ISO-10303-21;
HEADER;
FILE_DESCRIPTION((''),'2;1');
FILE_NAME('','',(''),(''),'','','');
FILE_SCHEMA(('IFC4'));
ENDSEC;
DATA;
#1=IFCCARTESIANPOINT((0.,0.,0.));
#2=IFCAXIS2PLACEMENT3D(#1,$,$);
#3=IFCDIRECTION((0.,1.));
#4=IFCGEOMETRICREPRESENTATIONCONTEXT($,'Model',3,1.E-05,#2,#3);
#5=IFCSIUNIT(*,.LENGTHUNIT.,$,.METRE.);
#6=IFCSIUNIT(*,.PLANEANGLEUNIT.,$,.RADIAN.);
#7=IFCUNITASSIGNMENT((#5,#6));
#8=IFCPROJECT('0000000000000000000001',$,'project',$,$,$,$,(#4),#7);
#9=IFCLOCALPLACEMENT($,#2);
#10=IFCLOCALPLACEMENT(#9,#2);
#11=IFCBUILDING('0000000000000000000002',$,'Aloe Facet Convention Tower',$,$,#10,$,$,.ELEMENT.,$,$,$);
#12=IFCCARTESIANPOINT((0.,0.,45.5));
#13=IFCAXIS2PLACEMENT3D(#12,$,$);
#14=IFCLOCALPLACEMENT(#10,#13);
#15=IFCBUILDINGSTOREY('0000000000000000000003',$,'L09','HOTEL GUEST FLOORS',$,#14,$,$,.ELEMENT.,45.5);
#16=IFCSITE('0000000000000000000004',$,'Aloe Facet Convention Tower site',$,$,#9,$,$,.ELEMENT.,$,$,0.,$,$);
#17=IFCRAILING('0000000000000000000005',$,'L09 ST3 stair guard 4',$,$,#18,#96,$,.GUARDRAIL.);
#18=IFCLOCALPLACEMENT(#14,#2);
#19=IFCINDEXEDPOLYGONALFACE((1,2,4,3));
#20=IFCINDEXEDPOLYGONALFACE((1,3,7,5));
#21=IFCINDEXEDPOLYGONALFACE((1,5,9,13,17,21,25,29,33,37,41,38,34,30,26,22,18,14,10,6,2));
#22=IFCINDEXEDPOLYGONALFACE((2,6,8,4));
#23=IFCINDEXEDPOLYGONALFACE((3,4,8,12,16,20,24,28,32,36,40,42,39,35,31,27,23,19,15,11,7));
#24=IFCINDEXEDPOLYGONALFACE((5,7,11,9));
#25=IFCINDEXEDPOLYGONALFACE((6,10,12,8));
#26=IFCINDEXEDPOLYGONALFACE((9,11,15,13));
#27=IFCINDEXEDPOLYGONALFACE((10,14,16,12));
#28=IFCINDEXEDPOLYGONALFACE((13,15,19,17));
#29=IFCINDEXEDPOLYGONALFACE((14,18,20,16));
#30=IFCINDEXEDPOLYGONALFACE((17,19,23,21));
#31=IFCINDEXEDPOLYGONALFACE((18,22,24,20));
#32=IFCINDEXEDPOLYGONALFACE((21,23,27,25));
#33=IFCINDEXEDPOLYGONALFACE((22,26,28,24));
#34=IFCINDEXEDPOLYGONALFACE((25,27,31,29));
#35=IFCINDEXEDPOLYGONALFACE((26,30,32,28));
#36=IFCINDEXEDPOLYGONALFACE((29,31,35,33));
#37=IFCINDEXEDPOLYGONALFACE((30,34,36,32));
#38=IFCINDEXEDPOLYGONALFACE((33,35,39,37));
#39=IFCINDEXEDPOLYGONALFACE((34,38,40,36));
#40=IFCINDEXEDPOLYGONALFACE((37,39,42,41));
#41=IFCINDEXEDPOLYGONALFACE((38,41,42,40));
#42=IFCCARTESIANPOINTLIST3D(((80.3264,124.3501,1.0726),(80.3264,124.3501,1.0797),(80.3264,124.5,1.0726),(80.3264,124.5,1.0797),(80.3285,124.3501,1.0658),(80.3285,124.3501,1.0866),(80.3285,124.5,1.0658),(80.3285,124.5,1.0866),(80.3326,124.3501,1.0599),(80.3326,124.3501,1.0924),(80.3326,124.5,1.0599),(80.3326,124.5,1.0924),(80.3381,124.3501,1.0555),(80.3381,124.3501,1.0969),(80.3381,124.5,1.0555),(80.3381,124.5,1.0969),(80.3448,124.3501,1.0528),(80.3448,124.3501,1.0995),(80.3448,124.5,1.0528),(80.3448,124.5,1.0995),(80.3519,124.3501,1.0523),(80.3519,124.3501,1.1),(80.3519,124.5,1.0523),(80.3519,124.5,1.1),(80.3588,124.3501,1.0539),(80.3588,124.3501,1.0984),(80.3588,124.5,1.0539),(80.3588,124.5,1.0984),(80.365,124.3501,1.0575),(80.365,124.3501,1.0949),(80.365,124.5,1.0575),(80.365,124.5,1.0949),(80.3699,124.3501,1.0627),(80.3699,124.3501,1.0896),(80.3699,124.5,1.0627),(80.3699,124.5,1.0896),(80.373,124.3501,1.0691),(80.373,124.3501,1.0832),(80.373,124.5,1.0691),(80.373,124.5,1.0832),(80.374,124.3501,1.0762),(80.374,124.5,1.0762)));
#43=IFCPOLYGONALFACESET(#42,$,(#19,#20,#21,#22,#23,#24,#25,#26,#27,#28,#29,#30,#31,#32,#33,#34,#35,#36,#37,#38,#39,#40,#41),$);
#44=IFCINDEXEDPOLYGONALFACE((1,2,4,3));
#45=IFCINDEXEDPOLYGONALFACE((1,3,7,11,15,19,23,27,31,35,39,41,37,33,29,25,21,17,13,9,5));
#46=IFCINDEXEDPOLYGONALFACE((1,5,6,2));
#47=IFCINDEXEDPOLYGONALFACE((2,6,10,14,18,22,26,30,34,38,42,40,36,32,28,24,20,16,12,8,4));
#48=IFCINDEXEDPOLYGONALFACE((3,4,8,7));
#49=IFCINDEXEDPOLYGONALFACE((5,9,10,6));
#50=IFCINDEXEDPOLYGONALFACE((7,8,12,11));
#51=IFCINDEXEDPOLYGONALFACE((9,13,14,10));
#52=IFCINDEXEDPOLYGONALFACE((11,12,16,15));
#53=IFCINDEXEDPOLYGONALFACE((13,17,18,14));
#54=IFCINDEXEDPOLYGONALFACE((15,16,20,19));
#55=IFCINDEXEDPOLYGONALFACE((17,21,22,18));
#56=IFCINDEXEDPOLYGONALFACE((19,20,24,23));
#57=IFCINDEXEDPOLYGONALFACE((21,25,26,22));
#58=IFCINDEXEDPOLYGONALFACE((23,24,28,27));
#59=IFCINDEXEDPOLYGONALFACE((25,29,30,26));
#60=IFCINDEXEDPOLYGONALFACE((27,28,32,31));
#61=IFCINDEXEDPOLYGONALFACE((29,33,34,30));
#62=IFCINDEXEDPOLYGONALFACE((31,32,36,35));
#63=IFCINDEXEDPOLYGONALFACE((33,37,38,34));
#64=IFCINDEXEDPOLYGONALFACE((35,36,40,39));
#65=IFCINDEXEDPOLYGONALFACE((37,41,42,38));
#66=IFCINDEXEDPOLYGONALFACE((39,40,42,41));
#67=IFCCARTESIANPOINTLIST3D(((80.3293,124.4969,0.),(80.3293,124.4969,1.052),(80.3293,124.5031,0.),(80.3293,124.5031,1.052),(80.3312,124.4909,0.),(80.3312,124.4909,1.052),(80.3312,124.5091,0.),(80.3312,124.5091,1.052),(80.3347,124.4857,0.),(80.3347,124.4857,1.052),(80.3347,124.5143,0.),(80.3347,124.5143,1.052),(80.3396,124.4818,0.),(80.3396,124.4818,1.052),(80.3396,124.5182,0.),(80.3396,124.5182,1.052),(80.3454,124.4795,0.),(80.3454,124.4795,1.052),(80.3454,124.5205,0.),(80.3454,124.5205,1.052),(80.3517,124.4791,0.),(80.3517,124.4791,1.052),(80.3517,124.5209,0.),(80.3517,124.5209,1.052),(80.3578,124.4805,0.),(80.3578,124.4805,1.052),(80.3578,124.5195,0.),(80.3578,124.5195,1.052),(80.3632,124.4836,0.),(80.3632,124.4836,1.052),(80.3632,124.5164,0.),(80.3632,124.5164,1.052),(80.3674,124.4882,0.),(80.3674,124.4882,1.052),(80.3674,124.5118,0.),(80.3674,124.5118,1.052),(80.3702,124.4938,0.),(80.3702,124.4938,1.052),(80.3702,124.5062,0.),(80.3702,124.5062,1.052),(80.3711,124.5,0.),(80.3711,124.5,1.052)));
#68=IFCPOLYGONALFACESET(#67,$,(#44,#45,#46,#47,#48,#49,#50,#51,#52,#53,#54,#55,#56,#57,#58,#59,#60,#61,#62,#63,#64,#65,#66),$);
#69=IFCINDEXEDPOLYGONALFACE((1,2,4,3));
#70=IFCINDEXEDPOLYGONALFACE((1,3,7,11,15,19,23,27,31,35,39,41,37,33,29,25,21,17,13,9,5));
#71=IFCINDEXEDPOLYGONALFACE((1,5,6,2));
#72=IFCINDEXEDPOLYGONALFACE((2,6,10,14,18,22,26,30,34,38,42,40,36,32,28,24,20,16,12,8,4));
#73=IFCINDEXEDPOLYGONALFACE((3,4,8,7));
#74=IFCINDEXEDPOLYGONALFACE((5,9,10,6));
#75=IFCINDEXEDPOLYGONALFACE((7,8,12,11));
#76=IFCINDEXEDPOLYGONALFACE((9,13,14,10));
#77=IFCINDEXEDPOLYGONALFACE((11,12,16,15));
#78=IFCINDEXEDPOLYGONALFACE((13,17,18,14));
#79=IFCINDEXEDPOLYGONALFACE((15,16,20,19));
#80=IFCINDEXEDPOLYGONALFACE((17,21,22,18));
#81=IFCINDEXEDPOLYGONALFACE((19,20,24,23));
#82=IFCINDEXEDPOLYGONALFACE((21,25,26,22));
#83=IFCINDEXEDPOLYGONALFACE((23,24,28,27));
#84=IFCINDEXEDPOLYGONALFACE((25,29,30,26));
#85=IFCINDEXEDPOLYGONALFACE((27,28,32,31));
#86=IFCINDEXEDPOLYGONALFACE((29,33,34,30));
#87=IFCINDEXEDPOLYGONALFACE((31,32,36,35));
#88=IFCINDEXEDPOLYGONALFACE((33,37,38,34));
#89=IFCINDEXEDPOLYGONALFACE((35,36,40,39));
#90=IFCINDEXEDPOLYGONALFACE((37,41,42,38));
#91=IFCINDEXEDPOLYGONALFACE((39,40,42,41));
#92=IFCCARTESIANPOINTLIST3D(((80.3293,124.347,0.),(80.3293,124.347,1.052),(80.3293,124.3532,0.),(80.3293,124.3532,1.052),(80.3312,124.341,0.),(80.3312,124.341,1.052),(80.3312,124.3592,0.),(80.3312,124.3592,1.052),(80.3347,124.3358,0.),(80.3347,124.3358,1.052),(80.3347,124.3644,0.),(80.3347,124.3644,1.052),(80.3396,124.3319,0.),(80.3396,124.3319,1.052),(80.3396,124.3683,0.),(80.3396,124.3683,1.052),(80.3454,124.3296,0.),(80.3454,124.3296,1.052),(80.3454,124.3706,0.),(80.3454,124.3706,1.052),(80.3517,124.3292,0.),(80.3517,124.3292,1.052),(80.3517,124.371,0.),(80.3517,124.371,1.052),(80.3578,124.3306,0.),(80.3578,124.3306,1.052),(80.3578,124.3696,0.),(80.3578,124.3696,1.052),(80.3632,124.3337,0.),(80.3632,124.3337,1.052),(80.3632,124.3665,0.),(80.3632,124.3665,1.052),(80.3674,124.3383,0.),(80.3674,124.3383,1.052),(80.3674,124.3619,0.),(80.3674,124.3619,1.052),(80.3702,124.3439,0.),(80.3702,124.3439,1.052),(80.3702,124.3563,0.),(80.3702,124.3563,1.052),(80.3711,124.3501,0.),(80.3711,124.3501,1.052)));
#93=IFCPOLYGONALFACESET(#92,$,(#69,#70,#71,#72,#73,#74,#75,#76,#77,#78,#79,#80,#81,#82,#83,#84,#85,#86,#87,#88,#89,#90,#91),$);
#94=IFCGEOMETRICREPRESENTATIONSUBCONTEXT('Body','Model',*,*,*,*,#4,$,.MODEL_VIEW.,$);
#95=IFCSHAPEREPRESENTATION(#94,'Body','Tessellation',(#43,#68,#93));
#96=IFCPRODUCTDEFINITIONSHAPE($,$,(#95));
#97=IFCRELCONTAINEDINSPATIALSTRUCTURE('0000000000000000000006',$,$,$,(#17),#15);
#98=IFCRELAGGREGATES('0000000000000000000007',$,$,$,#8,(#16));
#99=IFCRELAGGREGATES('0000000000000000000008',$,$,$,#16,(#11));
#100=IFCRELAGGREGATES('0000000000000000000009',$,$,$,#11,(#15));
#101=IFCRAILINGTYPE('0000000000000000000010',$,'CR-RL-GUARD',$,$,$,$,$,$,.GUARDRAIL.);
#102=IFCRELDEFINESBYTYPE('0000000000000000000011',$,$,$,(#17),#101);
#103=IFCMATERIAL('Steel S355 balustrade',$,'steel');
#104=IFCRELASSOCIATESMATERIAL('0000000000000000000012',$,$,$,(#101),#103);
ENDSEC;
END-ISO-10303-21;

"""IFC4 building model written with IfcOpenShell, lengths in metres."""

from ifc_helpers import new_model, si_unit, direction, frame, origin, origin_2d, place, context, subcontext, project, spatial, circle, extrude, material, type_object, element, save


model = new_model("IFC4")

# Units and contexts
model_context = context("Model", 3, precision=1e-05, world=origin(), true_north=direction((0.0, 1.0)))
body_context = subcontext(model_context, "Body", "Model", "MODEL_VIEW")
ifc_project = project(units=[si_unit("LENGTHUNIT", "METRE"), si_unit("PLANEANGLEUNIT", "RADIAN")], contexts=[model_context])

# Site, building, storey
site_placement = place(None, origin())
site = spatial("IfcSite", under=ifc_project, at=site_placement, Name="Aloe Facet Convention Tower site", CompositionType="ELEMENT", RefElevation=0.0)
building_placement = place(site_placement, origin())
building = spatial("IfcBuilding", under=site, at=building_placement, Name="Aloe Facet Convention Tower", CompositionType="ELEMENT")
storey_placement = place(building_placement, frame((0.0, 0.0, 45.5)))
storey = spatial("IfcBuildingStorey", under=building, at=storey_placement, Name="L09", Description="HOTEL GUEST FLOORS", CompositionType="ELEMENT", Elevation=45.5)

# Railing
ifc_material_1 = material(Name="Steel S355 balustrade", Category="steel")
railing_type_1 = type_object("IfcRailingType", Name="CR-RL-GUARD", PredefinedType="GUARDRAIL", material=ifc_material_1)
railing_1_placement = place(storey_placement, frame((80.3501, 124.5, 0.0)))
element("IfcRailing", 1, at=railing_1_placement, inside=storey, type_object=railing_type_1, Name="L09 ST3 stair guard 4", PredefinedType="GUARDRAIL", context=body_context, shape_type="SweptSolid", body=[
    extrude(circle(Radius=0.0239, at=origin_2d()), frame((0.0, 0.0, 1.0762), z_axis=(0.0, -1.0, 0.0), x_axis=(1.0, 0.0, 0.0)), (0.0, 0.0, 1.0), 0.1499),
    extrude(circle(Radius=0.021, at=origin_2d()), origin(), (0.0, 0.0, 1.0), 1.052),
    extrude(circle(Radius=0.021, at=origin_2d()), frame((0.0, -0.1499, 0.0)), (0.0, 0.0, 1.0), 1.052),
])

save(model, "model.ifc")
